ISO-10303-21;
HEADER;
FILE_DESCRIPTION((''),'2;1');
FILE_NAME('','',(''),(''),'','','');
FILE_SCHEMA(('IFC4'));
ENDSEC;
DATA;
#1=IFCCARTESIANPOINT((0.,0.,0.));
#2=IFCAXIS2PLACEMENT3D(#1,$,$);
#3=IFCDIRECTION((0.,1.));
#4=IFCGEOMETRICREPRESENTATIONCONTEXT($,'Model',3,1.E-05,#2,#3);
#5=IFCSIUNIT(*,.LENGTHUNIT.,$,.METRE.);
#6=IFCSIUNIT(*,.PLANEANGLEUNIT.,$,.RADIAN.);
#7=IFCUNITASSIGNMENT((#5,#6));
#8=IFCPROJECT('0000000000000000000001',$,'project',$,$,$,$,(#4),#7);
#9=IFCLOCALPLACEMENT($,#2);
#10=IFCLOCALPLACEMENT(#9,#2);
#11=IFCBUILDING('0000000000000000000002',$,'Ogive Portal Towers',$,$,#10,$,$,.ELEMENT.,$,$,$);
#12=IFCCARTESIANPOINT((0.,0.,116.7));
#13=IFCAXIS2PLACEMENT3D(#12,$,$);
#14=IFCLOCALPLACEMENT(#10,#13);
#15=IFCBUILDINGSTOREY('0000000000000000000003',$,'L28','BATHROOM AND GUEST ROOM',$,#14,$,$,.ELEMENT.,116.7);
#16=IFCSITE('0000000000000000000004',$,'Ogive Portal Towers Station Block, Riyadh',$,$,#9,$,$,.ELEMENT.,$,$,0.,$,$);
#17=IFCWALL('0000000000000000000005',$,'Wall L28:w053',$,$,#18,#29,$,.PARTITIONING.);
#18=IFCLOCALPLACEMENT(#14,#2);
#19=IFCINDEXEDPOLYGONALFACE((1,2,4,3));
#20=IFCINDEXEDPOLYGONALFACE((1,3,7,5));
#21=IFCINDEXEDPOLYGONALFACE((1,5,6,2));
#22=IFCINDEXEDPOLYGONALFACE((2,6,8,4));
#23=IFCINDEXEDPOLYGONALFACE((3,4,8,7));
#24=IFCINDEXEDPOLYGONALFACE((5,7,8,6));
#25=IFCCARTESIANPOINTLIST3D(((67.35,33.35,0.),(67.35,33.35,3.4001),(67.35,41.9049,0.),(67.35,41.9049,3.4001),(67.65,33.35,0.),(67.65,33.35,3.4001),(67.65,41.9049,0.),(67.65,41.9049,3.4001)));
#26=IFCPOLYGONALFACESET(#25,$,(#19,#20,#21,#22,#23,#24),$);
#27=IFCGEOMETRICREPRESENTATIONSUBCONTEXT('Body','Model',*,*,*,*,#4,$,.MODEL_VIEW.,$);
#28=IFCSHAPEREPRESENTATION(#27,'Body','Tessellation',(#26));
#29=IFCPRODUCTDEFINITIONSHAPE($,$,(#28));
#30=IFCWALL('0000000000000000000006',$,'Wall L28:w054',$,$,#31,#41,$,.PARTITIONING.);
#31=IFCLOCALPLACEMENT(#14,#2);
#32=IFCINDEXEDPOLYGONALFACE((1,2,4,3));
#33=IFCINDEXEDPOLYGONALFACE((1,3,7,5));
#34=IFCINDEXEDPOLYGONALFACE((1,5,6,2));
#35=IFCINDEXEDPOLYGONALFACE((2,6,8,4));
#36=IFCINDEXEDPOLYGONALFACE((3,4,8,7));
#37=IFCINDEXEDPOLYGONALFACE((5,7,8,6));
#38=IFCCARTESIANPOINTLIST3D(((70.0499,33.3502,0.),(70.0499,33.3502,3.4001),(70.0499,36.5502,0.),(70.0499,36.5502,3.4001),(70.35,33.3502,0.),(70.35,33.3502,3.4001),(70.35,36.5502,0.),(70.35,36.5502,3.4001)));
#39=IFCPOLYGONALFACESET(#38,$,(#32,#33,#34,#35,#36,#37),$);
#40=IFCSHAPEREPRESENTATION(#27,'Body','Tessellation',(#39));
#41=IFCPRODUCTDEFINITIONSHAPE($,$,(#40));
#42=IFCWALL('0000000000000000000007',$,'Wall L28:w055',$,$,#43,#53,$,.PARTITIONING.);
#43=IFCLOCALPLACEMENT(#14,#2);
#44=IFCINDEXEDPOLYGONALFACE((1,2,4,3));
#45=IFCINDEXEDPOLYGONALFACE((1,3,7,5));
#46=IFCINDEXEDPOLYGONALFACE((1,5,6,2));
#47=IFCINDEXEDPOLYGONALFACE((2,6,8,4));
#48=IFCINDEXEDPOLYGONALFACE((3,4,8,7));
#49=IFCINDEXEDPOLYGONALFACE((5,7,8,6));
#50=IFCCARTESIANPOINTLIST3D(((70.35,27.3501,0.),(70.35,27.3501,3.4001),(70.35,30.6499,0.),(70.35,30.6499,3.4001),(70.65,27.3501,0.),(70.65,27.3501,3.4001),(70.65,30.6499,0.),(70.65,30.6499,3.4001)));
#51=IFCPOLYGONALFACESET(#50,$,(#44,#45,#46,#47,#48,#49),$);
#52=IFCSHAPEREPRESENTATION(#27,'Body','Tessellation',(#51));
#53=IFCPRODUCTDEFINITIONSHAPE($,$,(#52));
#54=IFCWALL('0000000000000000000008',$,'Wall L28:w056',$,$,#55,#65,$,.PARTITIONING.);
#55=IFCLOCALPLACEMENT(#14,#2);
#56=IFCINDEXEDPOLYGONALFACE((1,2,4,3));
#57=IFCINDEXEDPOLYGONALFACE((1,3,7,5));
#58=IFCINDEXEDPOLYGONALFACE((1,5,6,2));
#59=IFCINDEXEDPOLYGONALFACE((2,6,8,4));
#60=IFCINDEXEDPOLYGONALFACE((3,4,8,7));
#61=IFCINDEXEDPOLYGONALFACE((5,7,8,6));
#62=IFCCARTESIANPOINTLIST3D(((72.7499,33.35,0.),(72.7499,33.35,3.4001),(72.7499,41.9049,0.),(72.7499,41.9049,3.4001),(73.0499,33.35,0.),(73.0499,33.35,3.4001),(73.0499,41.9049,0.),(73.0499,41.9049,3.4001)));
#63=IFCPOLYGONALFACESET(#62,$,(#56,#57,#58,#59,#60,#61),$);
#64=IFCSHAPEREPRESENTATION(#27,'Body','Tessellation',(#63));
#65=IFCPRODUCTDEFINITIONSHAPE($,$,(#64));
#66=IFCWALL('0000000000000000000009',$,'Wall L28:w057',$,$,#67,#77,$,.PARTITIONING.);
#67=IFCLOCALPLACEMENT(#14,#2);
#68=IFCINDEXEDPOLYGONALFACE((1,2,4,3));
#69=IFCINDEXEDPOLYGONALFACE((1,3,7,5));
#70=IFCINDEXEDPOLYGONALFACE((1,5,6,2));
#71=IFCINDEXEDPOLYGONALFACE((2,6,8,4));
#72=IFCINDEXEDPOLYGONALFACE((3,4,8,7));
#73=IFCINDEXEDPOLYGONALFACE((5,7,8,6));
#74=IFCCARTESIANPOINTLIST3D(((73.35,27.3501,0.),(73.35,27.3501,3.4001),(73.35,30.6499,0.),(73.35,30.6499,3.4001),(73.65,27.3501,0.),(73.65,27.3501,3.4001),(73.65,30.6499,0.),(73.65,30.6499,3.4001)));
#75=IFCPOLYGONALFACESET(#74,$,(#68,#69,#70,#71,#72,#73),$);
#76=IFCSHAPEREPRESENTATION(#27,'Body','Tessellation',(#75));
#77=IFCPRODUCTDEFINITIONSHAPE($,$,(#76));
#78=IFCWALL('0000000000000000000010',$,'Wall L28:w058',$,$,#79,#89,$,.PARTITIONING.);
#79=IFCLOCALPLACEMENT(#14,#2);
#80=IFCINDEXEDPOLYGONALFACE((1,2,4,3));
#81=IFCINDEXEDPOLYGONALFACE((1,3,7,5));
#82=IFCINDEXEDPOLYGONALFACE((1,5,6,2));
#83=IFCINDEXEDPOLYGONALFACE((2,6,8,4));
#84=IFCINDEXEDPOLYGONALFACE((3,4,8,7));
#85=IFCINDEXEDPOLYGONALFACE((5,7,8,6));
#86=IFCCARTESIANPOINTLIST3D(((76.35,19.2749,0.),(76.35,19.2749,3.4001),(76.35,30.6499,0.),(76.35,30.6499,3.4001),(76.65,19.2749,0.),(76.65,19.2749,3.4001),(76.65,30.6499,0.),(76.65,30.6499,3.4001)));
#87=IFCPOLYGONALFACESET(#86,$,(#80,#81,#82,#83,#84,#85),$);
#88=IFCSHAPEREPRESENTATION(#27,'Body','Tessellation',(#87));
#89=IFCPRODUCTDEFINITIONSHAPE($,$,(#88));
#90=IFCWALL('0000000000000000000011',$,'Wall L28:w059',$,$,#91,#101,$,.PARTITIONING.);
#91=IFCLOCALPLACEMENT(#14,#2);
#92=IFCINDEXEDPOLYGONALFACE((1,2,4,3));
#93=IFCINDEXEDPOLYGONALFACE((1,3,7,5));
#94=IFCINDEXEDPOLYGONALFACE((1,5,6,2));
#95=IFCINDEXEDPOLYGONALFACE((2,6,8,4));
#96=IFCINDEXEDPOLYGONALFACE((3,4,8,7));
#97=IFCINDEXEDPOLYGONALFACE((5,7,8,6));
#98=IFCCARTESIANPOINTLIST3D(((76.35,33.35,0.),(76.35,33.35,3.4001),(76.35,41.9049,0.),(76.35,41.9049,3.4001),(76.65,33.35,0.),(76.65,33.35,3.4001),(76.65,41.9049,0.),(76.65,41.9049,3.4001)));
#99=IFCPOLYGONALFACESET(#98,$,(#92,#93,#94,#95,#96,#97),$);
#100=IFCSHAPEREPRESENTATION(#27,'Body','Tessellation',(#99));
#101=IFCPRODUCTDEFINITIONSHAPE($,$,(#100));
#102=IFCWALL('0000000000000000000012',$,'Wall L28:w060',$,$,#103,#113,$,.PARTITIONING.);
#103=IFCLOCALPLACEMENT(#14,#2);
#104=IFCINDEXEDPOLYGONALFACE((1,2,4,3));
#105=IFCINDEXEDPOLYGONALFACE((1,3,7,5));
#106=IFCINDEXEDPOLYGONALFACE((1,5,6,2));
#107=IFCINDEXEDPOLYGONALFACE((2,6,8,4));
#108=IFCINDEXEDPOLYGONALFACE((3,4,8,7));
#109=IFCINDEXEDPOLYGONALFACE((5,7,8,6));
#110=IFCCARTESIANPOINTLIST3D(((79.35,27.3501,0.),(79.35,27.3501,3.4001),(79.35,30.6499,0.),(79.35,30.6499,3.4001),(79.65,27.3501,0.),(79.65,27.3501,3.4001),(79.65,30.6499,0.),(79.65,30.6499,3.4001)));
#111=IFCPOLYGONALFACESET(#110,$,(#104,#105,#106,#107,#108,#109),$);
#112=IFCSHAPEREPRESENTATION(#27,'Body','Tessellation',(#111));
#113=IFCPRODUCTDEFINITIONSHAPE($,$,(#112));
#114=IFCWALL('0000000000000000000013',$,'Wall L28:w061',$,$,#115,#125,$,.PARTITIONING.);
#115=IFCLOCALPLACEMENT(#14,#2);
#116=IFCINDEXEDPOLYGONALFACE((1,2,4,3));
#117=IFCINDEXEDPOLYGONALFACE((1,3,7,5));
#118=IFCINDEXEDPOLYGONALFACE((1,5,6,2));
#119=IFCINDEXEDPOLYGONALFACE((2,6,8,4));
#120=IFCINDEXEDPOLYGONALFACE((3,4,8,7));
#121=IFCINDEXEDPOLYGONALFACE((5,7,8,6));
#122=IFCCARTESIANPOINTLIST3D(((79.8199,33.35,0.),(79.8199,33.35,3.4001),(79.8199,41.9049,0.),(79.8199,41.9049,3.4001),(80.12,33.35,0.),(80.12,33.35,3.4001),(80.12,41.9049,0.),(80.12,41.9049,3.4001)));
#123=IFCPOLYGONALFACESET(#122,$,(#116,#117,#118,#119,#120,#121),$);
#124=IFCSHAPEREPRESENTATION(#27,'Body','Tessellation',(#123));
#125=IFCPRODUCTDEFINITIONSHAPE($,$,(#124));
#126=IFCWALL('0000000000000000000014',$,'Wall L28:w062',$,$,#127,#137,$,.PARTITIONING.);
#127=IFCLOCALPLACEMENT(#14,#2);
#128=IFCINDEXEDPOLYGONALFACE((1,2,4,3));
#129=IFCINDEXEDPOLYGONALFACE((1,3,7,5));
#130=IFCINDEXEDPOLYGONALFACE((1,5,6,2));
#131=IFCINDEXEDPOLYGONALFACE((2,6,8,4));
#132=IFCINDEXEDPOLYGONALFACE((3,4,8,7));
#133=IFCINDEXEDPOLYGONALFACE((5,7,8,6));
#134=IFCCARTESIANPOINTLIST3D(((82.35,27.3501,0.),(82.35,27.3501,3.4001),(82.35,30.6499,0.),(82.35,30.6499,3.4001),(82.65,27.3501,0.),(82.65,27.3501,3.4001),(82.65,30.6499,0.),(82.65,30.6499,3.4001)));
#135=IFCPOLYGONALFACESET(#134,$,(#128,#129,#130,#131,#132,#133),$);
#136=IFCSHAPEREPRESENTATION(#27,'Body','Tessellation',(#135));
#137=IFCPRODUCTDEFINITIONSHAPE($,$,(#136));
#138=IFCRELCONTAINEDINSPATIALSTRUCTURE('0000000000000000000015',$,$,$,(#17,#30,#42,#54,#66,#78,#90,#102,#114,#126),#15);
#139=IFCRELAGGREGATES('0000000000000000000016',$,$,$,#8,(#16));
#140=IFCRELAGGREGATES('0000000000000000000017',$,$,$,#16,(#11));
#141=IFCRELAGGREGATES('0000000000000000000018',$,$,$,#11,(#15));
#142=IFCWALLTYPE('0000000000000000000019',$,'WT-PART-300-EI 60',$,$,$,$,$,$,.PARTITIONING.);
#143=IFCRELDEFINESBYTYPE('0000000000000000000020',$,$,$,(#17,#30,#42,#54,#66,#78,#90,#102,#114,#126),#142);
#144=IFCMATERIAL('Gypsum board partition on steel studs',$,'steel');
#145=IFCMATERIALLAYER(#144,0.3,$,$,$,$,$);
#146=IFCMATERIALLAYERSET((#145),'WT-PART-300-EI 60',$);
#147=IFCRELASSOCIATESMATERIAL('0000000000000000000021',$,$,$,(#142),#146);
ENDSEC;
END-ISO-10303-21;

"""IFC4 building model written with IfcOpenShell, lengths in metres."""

from ifc_helpers import new_model, si_unit, direction, frame, frame_2d, origin, place, context, subcontext, project, spatial, rectangle, extrude, material, layer, layer_set, type_object, element, save


model = new_model("IFC4")

# Units and contexts
model_context = context("Model", 3, precision=1e-05, world=origin(), true_north=direction((0.0, 1.0)))
body_context = subcontext(model_context, "Body", "Model", "MODEL_VIEW")
ifc_project = project(units=[si_unit("LENGTHUNIT", "METRE"), si_unit("PLANEANGLEUNIT", "RADIAN")], contexts=[model_context])

# Site, building, storey
site_placement = place(None, origin())
site = spatial("IfcSite", under=ifc_project, at=site_placement, Name="Ogive Portal Towers Station Block, Riyadh", CompositionType="ELEMENT", RefElevation=0.0)
building_placement = place(site_placement, origin())
building = spatial("IfcBuilding", under=site, at=building_placement, Name="Ogive Portal Towers", CompositionType="ELEMENT")
storey_placement = place(building_placement, frame((0.0, 0.0, 116.7)))
storey = spatial("IfcBuildingStorey", under=building, at=storey_placement, Name="L28", Description="BATHROOM AND GUEST ROOM", CompositionType="ELEMENT", Elevation=116.7)

# Shared definitions
ifc_material_1 = material(Name="Gypsum board partition on steel studs", Category="steel")
ifc_layer = layer(ifc_material_1, 0.3)
ifc_layer_set = layer_set([ifc_layer], Name="WT-PART-300-EI 60")
wall_type = type_object("IfcWallType", Name="WT-PART-300-EI 60", PredefinedType="PARTITIONING", material=ifc_layer_set)

# Walls
wall_1_placement = place(storey_placement, frame((67.5, 33.3501, 0.0), z_axis=(0.0, 0.0, 1.0), x_axis=(0.0, 1.0, 0.0)))
element("IfcWall", 1, at=wall_1_placement, inside=storey, type_object=wall_type, Name="Wall L28:w053", PredefinedType="PARTITIONING", context=body_context, shape_type="SweptSolid", body=[
    extrude(rectangle(XDim=8.5549, YDim=0.3, at=frame_2d((4.2773, 0.0))), origin(), (0.0, 0.0, 1.0), 3.4001),
])
wall_2_placement = place(storey_placement, frame((70.2, 33.3501, 0.0), z_axis=(0.0, 0.0, 1.0), x_axis=(0.0, 1.0, 0.0)))
element("IfcWall", 2, at=wall_2_placement, inside=storey, type_object=wall_type, Name="Wall L28:w054", PredefinedType="PARTITIONING", context=body_context, shape_type="SweptSolid", body=[
    extrude(rectangle(XDim=3.2, YDim=0.3, at=frame_2d((1.6001, 0.0))), origin(), (0.0, 0.0, 1.0), 3.4001),
])
wall_3_placement = place(storey_placement, frame((70.5, 27.3501, 0.0), z_axis=(0.0, 0.0, 1.0), x_axis=(0.0, 1.0, 0.0)))
element("IfcWall", 3, at=wall_3_placement, inside=storey, type_object=wall_type, Name="Wall L28:w055", PredefinedType="PARTITIONING", context=body_context, shape_type="SweptSolid", body=[
    extrude(rectangle(XDim=3.2998, YDim=0.3, at=frame_2d((1.6499, 0.0))), origin(), (0.0, 0.0, 1.0), 3.4001),
])
wall_4_placement = place(storey_placement, frame((72.8999, 33.3501, 0.0), z_axis=(0.0, 0.0, 1.0), x_axis=(0.0, 1.0, 0.0)))
element("IfcWall", 4, at=wall_4_placement, inside=storey, type_object=wall_type, Name="Wall L28:w056", PredefinedType="PARTITIONING", context=body_context, shape_type="SweptSolid", body=[
    extrude(rectangle(XDim=8.5549, YDim=0.3, at=frame_2d((4.2773, 0.0))), origin(), (0.0, 0.0, 1.0), 3.4001),
])
wall_5_placement = place(storey_placement, frame((73.5, 27.3501, 0.0), z_axis=(0.0, 0.0, 1.0), x_axis=(0.0, 1.0, 0.0)))
element("IfcWall", 5, at=wall_5_placement, inside=storey, type_object=wall_type, Name="Wall L28:w057", PredefinedType="PARTITIONING", context=body_context, shape_type="SweptSolid", body=[
    extrude(rectangle(XDim=3.2998, YDim=0.3, at=frame_2d((1.6499, 0.0))), origin(), (0.0, 0.0, 1.0), 3.4001),
])
wall_6_placement = place(storey_placement, frame((76.5, 19.2749, 0.0), z_axis=(0.0, 0.0, 1.0), x_axis=(0.0, 1.0, 0.0)))
element("IfcWall", 6, at=wall_6_placement, inside=storey, type_object=wall_type, Name="Wall L28:w058", PredefinedType="PARTITIONING", context=body_context, shape_type="SweptSolid", body=[
    extrude(rectangle(XDim=11.375, YDim=0.3, at=frame_2d((5.6875, 0.0))), origin(), (0.0, 0.0, 1.0), 3.4001),
])
wall_7_placement = place(storey_placement, frame((76.5, 33.3501, 0.0), z_axis=(0.0, 0.0, 1.0), x_axis=(0.0, 1.0, 0.0)))
element("IfcWall", 7, at=wall_7_placement, inside=storey, type_object=wall_type, Name="Wall L28:w059", PredefinedType="PARTITIONING", context=body_context, shape_type="SweptSolid", body=[
    extrude(rectangle(XDim=8.5549, YDim=0.3, at=frame_2d((4.2773, 0.0))), origin(), (0.0, 0.0, 1.0), 3.4001),
])
wall_8_placement = place(storey_placement, frame((79.5, 27.3501, 0.0), z_axis=(0.0, 0.0, 1.0), x_axis=(0.0, 1.0, 0.0)))
element("IfcWall", 8, at=wall_8_placement, inside=storey, type_object=wall_type, Name="Wall L28:w060", PredefinedType="PARTITIONING", context=body_context, shape_type="SweptSolid", body=[
    extrude(rectangle(XDim=3.2998, YDim=0.3, at=frame_2d((1.6499, 0.0))), origin(), (0.0, 0.0, 1.0), 3.4001),
])
wall_9_placement = place(storey_placement, frame((79.97, 33.3501, 0.0), z_axis=(0.0, 0.0, 1.0), x_axis=(0.0, 1.0, 0.0)))
element("IfcWall", 9, at=wall_9_placement, inside=storey, type_object=wall_type, Name="Wall L28:w061", PredefinedType="PARTITIONING", context=body_context, shape_type="SweptSolid", body=[
    extrude(rectangle(XDim=8.5549, YDim=0.3, at=frame_2d((4.2773, 0.0))), origin(), (0.0, 0.0, 1.0), 3.4001),
])
wall_10_placement = place(storey_placement, frame((82.5, 27.3501, 0.0), z_axis=(0.0, 0.0, 1.0), x_axis=(0.0, 1.0, 0.0)))
element("IfcWall", 10, at=wall_10_placement, inside=storey, type_object=wall_type, Name="Wall L28:w062", PredefinedType="PARTITIONING", context=body_context, shape_type="SweptSolid", body=[
    extrude(rectangle(XDim=3.2998, YDim=0.3, at=frame_2d((1.6499, 0.0))), origin(), (0.0, 0.0, 1.0), 3.4001),
])

save(model, "model.ifc")
